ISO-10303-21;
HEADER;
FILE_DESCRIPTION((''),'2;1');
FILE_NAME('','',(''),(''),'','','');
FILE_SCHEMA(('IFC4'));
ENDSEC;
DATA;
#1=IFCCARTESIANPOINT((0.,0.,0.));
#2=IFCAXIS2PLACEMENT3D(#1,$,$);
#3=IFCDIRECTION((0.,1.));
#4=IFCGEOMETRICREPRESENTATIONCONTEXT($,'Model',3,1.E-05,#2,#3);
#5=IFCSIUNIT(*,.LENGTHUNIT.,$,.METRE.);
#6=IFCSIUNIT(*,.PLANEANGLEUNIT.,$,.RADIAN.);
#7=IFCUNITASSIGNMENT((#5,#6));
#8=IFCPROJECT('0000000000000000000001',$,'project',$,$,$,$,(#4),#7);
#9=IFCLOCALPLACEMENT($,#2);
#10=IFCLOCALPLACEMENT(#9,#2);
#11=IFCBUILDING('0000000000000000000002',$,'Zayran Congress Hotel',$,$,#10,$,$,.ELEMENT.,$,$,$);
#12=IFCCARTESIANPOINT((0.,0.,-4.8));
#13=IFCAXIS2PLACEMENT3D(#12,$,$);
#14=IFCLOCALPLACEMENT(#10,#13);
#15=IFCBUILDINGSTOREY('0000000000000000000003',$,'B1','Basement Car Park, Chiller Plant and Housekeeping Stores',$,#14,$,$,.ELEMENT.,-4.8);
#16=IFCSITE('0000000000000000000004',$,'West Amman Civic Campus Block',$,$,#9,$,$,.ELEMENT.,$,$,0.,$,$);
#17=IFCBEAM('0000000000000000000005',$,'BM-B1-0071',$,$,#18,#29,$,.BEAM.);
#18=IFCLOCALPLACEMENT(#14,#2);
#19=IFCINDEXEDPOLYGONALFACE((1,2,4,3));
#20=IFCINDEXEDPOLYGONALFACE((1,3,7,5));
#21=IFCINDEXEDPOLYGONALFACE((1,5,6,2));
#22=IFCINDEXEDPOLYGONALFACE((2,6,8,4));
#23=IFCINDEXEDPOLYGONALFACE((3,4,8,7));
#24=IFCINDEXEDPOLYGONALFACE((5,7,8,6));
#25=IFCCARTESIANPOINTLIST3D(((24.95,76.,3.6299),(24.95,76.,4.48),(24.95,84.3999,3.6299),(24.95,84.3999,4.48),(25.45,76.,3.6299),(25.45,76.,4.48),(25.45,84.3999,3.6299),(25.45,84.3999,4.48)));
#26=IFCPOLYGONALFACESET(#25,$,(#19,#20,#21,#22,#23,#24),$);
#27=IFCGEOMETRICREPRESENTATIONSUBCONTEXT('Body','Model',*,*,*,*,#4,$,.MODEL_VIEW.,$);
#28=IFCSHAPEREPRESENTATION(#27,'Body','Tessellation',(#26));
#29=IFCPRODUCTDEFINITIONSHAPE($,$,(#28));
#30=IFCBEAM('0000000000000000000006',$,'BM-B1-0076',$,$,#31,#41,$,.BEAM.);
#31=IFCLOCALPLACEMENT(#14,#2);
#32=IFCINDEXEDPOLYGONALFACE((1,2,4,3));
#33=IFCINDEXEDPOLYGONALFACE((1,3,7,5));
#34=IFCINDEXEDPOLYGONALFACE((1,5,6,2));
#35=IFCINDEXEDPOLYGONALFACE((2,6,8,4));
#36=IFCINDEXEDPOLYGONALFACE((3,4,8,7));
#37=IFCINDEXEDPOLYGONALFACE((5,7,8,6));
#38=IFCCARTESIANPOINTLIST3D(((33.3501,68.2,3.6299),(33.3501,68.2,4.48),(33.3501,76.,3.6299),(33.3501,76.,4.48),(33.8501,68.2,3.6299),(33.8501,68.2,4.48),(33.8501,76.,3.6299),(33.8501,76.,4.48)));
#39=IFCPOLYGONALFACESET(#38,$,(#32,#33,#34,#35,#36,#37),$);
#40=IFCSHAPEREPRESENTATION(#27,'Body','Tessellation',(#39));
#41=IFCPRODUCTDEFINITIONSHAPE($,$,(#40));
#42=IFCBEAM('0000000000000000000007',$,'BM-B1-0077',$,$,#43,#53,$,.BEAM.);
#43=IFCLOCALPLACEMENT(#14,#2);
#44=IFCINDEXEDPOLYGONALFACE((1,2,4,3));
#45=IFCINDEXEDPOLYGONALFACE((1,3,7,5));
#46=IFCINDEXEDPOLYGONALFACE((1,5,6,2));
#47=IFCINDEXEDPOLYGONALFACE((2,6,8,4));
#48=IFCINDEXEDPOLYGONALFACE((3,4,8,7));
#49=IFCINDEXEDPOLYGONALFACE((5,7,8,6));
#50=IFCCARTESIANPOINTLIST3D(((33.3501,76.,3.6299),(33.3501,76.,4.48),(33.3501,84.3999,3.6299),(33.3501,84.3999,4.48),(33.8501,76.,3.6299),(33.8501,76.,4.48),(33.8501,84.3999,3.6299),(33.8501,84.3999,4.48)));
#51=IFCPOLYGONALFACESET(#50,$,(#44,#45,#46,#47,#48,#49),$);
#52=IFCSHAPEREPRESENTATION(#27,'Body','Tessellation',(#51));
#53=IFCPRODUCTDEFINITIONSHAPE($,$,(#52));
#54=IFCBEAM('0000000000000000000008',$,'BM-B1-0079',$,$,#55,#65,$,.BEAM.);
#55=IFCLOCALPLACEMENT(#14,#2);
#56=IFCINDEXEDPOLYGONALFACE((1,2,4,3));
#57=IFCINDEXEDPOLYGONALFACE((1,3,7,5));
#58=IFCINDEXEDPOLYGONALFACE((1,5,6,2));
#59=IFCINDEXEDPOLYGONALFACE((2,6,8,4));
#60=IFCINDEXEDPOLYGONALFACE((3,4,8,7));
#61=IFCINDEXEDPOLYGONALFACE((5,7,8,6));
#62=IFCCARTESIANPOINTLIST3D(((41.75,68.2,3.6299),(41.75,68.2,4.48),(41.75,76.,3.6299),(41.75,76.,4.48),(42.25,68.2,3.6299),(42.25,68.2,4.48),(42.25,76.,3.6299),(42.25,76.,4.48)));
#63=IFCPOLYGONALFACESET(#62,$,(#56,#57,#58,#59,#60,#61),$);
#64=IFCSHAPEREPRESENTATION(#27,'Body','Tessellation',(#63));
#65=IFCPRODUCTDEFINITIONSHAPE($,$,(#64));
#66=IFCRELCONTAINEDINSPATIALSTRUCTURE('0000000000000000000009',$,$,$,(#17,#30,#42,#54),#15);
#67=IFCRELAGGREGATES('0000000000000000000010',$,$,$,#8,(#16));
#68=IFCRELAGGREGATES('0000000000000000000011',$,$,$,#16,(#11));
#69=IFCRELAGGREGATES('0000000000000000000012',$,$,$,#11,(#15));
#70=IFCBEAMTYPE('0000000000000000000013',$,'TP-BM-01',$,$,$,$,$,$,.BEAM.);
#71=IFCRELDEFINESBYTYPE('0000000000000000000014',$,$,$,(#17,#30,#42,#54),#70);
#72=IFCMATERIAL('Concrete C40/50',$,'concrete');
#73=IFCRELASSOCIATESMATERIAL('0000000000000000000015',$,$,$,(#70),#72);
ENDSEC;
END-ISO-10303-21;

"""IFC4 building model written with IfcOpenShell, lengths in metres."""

from ifc_helpers import new_model, si_unit, direction, frame, origin, origin_2d, place, context, subcontext, project, spatial, rectangle, extrude, material, material_profile, profile_set, type_object, element, save


model = new_model("IFC4")

# Units and contexts
model_context = context("Model", 3, precision=1e-05, world=origin(), true_north=direction((0.0, 1.0)))
body_context = subcontext(model_context, "Body", "Model", "MODEL_VIEW")
ifc_project = project(units=[si_unit("LENGTHUNIT", "METRE"), si_unit("PLANEANGLEUNIT", "RADIAN")], contexts=[model_context])

# Site, building, storey
site_placement = place(None, origin())
site = spatial("IfcSite", under=ifc_project, at=site_placement, Name="West Amman Civic Campus Block", CompositionType="ELEMENT", RefElevation=0.0)
building_placement = place(site_placement, origin())
building = spatial("IfcBuilding", under=site, at=building_placement, Name="Zayran Congress Hotel", CompositionType="ELEMENT")
storey_placement = place(building_placement, frame((0.0, 0.0, -4.8)))
storey = spatial("IfcBuildingStorey", under=building, at=storey_placement, Name="B1", Description="Basement Car Park, Chiller Plant and Housekeeping Stores", CompositionType="ELEMENT", Elevation=-4.8)

# Shared definitions
ifc_material = material(Name="Concrete C40/50", Category="concrete")

# Beams
ifc_material_profile_1 = material_profile(ifc_material, rectangle(XDim=0.5, YDim=0.8501, at=origin_2d()), Name="RC 500x850")
ifc_profile_set_1 = profile_set([ifc_material_profile_1], Name="Concrete C40/50")
beam_type = type_object("IfcBeamType", Name="TP-BM-01", PredefinedType="BEAM", material=ifc_profile_set_1)
beam_1_placement = place(storey_placement, frame((25.2, 76.0, 4.0549), z_axis=(0.0, 1.0, 0.0), x_axis=(-1.0, 0.0, 0.0)))
element("IfcBeam", 1, at=beam_1_placement, inside=storey, type_object=beam_type, Name="BM-B1-0071", PredefinedType="BEAM", context=body_context, shape_type="SweptSolid", body=[
    extrude(rectangle(XDim=0.5, YDim=0.8501, at=origin_2d()), origin(), (0.0, 0.0, 1.0), 8.3999),
])
beam_2_placement = place(storey_placement, frame((33.6001, 68.2, 4.0549), z_axis=(0.0, 1.0, 0.0), x_axis=(-1.0, 0.0, 0.0)))
element("IfcBeam", 2, at=beam_2_placement, inside=storey, type_object=beam_type, Name="BM-B1-0076", PredefinedType="BEAM", context=body_context, shape_type="SweptSolid", body=[
    extrude(rectangle(XDim=0.5, YDim=0.8501, at=origin_2d()), origin(), (0.0, 0.0, 1.0), 7.8),
])
beam_3_placement = place(storey_placement, frame((33.6001, 76.0, 4.0549), z_axis=(0.0, 1.0, 0.0), x_axis=(-1.0, 0.0, 0.0)))
element("IfcBeam", 3, at=beam_3_placement, inside=storey, type_object=beam_type, Name="BM-B1-0077", PredefinedType="BEAM", context=body_context, shape_type="SweptSolid", body=[
    extrude(rectangle(XDim=0.5, YDim=0.8501, at=origin_2d()), origin(), (0.0, 0.0, 1.0), 8.3999),
])
beam_4_placement = place(storey_placement, frame((42.0, 68.2, 4.0549), z_axis=(0.0, 1.0, 0.0), x_axis=(-1.0, 0.0, 0.0)))
element("IfcBeam", 4, at=beam_4_placement, inside=storey, type_object=beam_type, Name="BM-B1-0079", PredefinedType="BEAM", context=body_context, shape_type="SweptSolid", body=[
    extrude(rectangle(XDim=0.5, YDim=0.8501, at=origin_2d()), origin(), (0.0, 0.0, 1.0), 7.8),
])

save(model, "model.ifc")
